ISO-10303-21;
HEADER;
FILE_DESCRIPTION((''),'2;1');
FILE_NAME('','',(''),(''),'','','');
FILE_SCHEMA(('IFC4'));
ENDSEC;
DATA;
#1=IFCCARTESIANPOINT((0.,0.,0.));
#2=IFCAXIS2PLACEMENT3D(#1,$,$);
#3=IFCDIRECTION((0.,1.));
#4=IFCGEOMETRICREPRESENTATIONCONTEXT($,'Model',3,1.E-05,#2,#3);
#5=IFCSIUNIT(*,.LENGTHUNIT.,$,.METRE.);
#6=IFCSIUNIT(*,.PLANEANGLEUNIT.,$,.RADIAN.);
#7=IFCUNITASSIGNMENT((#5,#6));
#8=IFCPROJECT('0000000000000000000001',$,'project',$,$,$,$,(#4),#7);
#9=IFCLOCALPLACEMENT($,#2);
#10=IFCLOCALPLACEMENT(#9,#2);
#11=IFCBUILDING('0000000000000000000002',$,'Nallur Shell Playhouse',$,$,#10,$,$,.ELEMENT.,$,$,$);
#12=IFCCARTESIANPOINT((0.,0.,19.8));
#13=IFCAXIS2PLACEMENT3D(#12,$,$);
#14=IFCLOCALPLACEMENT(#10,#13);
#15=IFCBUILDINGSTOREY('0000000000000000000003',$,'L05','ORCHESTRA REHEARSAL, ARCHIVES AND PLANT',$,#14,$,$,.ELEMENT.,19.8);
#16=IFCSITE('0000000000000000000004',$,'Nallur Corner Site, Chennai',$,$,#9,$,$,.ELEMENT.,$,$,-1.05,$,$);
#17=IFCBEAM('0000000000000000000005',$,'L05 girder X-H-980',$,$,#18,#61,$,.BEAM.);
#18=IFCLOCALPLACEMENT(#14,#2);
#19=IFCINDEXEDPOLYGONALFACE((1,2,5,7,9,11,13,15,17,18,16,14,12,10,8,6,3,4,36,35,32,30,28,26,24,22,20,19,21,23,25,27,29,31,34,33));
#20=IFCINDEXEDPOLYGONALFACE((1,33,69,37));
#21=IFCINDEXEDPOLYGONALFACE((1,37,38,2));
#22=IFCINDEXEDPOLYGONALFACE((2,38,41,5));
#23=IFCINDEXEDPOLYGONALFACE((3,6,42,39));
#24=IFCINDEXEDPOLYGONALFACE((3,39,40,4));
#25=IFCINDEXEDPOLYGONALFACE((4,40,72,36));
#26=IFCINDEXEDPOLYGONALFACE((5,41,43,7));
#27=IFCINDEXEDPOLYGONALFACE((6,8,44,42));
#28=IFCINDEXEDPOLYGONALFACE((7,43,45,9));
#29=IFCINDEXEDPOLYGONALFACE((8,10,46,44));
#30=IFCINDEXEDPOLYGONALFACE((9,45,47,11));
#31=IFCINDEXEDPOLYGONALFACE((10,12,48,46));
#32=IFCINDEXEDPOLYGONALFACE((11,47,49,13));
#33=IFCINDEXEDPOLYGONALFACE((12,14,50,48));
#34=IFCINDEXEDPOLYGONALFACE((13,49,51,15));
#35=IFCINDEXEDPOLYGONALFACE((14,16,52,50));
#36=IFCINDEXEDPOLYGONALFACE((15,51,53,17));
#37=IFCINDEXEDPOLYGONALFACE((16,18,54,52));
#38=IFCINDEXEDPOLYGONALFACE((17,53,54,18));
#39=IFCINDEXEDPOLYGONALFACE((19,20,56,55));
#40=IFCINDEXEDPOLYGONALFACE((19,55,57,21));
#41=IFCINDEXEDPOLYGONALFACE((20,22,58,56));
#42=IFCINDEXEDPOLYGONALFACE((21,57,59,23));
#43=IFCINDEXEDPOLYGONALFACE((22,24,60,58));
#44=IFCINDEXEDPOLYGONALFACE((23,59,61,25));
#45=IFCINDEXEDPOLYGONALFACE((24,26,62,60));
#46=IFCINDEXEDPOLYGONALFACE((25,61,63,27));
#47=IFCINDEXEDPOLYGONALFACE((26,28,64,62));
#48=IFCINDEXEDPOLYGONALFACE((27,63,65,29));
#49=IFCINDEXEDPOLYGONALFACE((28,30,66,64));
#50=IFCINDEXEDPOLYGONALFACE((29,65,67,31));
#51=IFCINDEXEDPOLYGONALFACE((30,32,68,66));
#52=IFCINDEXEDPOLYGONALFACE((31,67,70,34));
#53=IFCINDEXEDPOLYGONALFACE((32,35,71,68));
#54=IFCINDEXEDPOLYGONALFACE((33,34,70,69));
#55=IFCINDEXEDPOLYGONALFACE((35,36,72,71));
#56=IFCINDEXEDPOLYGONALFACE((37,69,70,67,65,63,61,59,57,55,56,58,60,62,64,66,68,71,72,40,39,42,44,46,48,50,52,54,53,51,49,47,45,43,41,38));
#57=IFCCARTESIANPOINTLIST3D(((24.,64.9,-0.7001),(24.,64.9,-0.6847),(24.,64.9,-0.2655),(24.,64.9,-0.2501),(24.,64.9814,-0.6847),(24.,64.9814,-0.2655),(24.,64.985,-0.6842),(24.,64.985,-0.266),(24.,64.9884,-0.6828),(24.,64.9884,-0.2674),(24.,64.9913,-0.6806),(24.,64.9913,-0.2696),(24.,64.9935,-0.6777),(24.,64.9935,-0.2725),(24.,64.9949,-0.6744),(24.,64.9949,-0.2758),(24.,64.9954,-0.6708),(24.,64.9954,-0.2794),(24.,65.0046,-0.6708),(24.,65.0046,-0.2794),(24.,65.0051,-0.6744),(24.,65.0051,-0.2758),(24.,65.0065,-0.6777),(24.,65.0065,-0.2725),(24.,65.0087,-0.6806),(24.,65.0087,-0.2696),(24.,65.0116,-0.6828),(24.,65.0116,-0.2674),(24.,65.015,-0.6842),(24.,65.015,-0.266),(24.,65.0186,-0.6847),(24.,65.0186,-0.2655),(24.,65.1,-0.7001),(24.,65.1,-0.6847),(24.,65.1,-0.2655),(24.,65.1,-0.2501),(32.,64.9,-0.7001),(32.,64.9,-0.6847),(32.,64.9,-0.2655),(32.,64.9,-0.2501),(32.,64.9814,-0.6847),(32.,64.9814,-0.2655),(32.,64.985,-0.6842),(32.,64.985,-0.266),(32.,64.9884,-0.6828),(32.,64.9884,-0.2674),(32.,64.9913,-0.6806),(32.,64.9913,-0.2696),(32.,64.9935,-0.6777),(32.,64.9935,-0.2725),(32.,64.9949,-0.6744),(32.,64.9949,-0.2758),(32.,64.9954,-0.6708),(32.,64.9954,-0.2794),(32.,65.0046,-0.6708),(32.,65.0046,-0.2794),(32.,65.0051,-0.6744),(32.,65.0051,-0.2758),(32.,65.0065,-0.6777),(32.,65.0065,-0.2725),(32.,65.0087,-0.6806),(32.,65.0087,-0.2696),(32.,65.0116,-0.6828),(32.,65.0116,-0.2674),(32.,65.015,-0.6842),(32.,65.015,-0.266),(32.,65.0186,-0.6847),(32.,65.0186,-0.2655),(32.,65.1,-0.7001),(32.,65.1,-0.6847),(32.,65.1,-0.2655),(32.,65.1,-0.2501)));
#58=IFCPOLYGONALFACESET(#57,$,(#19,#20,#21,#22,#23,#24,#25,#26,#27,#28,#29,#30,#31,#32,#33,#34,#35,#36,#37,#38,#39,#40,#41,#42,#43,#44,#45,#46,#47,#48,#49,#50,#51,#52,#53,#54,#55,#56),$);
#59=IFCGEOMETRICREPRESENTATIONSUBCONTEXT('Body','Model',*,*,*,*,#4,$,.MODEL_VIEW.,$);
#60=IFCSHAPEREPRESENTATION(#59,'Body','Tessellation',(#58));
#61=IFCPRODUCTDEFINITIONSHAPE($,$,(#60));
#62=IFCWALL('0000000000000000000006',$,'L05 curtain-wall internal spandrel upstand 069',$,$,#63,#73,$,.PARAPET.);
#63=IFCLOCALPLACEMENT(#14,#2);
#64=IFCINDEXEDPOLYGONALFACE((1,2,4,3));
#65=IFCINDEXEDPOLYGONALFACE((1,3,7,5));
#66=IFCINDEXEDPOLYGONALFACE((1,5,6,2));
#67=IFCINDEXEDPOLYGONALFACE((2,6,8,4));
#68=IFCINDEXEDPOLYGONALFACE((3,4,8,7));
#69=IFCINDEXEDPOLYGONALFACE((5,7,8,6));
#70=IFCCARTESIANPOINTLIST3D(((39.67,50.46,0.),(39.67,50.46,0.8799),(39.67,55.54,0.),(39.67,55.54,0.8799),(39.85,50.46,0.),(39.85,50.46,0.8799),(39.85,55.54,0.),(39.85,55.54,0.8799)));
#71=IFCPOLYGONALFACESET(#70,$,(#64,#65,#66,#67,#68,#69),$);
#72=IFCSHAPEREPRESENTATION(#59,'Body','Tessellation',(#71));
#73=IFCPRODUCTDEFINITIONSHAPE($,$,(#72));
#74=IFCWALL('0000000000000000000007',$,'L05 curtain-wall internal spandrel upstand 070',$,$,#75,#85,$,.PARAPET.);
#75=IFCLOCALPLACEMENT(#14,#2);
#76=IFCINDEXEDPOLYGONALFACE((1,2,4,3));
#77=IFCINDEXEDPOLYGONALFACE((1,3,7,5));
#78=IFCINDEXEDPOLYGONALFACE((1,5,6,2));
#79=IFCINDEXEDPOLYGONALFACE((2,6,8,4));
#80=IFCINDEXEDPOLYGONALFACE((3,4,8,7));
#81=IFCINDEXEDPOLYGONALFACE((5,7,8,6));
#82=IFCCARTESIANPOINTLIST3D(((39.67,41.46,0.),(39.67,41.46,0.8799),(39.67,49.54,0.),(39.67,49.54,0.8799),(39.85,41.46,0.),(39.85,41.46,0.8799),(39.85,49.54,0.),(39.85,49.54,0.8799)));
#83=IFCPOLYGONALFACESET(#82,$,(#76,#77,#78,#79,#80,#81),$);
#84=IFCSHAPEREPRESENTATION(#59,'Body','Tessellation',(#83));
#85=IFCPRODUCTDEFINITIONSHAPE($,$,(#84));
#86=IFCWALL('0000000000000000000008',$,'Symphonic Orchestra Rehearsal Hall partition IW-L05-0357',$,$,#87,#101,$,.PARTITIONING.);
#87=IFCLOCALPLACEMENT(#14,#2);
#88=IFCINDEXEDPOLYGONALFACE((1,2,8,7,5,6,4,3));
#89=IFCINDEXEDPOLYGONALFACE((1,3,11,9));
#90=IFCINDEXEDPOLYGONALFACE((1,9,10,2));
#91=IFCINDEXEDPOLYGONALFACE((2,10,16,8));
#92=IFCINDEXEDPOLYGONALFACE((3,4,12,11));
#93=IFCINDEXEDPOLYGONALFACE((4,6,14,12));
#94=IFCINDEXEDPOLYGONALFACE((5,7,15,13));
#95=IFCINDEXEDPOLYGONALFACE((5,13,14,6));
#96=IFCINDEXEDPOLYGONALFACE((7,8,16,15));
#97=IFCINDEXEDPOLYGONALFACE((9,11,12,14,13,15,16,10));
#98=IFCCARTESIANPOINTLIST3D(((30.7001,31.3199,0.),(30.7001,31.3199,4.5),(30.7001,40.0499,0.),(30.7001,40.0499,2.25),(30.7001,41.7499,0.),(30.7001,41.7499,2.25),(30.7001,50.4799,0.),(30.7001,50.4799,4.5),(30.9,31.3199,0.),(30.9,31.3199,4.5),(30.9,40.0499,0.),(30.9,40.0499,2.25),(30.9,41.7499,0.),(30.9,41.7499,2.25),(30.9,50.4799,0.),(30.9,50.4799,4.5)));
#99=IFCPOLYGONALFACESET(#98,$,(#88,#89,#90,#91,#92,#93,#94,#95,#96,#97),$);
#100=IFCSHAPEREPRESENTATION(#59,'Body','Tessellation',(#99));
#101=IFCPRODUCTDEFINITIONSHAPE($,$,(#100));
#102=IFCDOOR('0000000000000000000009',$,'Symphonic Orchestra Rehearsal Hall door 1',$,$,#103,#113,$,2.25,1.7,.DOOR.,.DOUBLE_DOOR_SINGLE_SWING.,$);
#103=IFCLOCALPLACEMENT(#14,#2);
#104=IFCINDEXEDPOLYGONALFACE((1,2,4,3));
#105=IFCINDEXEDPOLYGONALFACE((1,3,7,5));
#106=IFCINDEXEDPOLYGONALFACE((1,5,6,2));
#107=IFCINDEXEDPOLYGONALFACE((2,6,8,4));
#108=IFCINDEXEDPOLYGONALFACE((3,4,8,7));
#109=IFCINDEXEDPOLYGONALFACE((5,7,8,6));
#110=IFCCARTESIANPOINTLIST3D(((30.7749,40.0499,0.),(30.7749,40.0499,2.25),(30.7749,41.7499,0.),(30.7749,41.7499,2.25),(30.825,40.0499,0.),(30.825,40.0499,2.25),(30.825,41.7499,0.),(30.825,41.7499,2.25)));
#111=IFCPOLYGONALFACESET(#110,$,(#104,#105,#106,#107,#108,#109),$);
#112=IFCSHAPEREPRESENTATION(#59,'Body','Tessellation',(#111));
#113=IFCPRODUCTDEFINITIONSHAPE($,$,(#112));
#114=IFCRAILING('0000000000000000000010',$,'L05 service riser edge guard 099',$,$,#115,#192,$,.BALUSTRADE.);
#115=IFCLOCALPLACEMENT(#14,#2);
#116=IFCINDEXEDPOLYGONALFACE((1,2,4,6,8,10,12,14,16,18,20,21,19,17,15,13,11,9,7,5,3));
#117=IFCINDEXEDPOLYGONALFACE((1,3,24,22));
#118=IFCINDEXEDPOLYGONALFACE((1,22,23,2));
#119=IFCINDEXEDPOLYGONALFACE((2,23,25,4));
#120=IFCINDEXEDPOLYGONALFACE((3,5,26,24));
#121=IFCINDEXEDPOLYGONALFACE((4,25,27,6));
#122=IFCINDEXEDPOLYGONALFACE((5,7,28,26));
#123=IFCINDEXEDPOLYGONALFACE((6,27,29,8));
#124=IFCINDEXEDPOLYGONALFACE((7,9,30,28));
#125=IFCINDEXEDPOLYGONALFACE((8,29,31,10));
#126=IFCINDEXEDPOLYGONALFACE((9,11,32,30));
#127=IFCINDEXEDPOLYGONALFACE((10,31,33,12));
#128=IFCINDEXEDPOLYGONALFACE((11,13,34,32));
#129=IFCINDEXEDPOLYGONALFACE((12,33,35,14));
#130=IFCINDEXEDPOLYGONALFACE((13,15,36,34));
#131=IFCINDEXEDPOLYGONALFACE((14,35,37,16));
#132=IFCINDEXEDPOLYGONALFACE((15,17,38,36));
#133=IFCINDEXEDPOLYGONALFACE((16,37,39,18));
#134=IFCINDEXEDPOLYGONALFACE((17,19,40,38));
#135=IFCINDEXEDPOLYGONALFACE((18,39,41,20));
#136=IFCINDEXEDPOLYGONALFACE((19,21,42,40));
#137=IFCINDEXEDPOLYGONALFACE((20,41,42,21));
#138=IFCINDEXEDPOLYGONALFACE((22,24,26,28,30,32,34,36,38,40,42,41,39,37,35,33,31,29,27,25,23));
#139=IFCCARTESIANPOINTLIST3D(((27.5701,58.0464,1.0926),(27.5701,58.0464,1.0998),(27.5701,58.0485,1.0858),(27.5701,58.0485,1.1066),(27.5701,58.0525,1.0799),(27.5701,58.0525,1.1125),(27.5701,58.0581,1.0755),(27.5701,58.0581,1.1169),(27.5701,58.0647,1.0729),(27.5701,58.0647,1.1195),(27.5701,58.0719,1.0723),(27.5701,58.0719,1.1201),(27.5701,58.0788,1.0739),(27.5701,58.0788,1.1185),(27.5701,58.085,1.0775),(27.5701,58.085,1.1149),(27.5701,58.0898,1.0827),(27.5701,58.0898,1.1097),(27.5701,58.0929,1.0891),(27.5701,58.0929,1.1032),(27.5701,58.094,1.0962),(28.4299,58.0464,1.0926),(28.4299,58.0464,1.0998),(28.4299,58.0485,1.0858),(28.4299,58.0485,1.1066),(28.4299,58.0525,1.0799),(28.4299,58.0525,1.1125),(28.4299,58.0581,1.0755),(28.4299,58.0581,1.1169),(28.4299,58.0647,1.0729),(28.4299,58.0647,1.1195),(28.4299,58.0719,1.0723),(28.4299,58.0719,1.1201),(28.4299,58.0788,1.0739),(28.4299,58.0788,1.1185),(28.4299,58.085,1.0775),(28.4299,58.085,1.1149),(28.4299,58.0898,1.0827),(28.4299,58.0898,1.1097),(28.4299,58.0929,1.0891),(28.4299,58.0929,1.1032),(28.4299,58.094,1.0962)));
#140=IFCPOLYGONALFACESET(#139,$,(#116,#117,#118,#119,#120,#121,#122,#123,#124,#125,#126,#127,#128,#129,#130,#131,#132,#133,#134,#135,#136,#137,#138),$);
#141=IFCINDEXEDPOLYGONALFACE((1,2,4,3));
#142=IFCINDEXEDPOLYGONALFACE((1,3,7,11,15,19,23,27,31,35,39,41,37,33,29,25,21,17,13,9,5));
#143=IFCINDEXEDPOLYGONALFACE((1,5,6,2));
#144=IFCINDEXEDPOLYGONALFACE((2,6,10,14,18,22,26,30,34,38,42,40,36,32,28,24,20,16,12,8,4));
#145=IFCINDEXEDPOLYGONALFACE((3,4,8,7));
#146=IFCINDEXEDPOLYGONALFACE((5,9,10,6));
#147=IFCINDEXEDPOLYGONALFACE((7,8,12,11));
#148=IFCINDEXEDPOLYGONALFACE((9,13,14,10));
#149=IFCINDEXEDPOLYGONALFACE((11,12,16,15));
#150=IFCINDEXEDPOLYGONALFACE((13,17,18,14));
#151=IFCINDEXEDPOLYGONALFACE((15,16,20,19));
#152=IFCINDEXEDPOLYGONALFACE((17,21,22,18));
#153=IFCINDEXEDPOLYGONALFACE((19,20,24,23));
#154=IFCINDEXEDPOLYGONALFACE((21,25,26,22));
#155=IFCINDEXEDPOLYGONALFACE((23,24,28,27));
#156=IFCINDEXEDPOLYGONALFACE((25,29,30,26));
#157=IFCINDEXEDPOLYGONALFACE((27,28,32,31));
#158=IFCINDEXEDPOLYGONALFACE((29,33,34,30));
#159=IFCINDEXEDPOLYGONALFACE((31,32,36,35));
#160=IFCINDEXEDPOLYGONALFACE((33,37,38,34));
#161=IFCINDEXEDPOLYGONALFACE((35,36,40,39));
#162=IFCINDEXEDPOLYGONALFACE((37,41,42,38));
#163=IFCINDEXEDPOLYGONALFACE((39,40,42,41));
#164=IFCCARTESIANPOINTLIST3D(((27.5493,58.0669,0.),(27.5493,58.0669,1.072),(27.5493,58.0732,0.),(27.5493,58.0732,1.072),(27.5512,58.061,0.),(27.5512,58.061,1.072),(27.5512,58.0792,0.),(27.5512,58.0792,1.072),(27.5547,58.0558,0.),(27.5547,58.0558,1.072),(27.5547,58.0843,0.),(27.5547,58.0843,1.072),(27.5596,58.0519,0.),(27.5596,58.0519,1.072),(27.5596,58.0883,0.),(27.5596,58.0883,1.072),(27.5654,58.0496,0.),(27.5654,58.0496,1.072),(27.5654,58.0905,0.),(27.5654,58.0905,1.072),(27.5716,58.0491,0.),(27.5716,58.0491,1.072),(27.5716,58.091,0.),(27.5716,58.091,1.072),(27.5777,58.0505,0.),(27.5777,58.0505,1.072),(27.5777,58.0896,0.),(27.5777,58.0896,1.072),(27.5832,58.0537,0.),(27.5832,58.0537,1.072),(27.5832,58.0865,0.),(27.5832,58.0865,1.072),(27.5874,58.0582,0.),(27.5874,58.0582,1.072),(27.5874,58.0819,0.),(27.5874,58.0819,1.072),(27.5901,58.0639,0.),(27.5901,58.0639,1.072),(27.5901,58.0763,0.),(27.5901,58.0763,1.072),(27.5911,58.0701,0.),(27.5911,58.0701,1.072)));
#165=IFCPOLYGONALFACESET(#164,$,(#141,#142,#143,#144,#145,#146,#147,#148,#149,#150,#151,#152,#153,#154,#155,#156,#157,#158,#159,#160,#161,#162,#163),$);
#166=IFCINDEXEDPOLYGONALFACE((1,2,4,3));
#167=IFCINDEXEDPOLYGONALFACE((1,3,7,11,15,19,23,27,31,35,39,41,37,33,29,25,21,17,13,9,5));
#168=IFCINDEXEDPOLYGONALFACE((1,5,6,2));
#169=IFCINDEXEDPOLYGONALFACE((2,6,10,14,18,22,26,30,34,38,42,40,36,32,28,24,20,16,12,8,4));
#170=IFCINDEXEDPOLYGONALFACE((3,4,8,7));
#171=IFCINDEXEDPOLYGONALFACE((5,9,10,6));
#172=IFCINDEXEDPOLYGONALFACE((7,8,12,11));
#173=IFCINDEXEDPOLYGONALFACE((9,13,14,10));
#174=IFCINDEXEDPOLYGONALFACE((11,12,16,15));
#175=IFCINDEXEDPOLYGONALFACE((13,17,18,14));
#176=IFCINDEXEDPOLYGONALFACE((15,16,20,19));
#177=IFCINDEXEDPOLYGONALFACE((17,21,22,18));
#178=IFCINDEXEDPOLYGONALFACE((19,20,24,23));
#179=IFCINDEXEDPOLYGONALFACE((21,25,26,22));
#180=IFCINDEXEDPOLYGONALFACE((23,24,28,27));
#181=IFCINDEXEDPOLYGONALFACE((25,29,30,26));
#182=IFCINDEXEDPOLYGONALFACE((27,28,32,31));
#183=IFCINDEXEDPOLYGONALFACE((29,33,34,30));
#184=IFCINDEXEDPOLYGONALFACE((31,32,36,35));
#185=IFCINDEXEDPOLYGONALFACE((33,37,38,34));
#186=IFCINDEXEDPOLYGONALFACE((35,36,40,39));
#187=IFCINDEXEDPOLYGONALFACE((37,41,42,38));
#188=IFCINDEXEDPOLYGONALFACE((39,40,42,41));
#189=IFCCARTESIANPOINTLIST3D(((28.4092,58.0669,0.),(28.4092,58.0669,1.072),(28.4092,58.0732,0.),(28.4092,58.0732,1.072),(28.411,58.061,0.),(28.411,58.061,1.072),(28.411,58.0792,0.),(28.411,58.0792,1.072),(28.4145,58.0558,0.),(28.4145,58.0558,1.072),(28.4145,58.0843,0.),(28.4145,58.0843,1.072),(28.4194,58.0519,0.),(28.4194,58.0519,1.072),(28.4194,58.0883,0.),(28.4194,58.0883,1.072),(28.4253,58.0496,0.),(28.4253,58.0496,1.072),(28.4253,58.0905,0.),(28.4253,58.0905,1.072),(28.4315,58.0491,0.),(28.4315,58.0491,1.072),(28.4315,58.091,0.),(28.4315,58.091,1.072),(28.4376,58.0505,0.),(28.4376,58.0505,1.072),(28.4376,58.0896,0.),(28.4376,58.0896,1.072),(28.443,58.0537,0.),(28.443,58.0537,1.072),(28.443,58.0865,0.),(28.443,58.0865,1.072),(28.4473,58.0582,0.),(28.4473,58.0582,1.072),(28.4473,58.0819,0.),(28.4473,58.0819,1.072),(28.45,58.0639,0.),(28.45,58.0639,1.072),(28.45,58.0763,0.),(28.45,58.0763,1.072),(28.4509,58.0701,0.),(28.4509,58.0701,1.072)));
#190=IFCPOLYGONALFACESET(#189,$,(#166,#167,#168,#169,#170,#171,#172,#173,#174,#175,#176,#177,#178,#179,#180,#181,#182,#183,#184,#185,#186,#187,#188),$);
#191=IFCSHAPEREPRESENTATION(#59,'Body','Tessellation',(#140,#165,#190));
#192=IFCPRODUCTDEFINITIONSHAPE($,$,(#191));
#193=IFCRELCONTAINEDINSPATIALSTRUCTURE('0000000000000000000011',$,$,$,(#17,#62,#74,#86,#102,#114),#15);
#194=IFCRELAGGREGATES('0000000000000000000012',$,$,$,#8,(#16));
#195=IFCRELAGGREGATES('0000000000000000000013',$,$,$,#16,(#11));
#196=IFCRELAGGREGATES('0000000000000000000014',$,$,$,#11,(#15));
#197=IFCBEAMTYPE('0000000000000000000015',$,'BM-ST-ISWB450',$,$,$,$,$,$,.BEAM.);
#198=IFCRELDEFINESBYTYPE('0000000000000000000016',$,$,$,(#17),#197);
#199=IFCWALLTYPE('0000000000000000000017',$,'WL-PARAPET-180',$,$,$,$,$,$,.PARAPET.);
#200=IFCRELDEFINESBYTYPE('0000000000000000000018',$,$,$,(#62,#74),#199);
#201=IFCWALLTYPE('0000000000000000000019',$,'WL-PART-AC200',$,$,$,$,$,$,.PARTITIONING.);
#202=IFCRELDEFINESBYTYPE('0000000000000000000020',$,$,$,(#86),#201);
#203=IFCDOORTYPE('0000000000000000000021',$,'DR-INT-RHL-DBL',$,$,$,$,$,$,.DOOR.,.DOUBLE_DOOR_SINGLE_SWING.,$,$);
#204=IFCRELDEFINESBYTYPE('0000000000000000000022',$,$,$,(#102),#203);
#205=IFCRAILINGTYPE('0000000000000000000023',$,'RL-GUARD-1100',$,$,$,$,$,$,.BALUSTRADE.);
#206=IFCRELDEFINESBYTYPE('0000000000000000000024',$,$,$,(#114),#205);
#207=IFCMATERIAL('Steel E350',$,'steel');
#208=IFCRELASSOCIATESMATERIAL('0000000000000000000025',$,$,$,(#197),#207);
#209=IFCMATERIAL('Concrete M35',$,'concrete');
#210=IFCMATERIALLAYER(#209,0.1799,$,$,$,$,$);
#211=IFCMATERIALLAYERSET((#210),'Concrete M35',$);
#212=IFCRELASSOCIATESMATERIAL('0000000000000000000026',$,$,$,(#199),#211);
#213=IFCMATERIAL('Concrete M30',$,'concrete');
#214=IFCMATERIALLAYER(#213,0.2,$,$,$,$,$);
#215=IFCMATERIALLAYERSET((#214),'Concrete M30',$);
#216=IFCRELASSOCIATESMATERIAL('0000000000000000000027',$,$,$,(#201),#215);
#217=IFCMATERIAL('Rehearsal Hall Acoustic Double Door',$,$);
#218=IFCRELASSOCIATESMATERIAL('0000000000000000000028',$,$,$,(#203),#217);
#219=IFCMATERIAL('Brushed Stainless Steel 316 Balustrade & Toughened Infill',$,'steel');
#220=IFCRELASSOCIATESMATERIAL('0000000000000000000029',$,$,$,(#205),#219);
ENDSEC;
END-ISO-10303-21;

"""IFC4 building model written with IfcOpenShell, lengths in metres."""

from ifc_helpers import new_model, si_unit, direction, frame, frame_2d, origin, origin_2d, place, context, subcontext, project, spatial, rectangle, circle, i_section, extrude, material, layer, layer_set, material_profile, profile_set, type_object, element, fill, save


model = new_model("IFC4")

# Units and contexts
model_context = context("Model", 3, precision=1e-05, world=origin(), true_north=direction((0.0, 1.0)))
body_context = subcontext(model_context, "Body", "Model", "MODEL_VIEW")
ifc_project = project(units=[si_unit("LENGTHUNIT", "METRE"), si_unit("PLANEANGLEUNIT", "RADIAN")], contexts=[model_context])

# Site, building, storey
site_placement = place(None, origin())
site = spatial("IfcSite", under=ifc_project, at=site_placement, Name="Nallur Corner Site, Chennai", CompositionType="ELEMENT", RefElevation=-1.05)
building_placement = place(site_placement, origin())
building = spatial("IfcBuilding", under=site, at=building_placement, Name="Nallur Shell Playhouse", CompositionType="ELEMENT")
storey_placement = place(building_placement, frame((0.0, 0.0, 19.8)))
storey = spatial("IfcBuildingStorey", under=building, at=storey_placement, Name="L05", Description="ORCHESTRA REHEARSAL, ARCHIVES AND PLANT", CompositionType="ELEMENT", Elevation=19.8)

# Beam
ifc_material_1 = material(Name="Concrete M30", Category="concrete")
ifc_material_2 = material(Name="Steel E350", Category="steel")
ifc_material_profile_1 = material_profile(ifc_material_2, i_section(OverallWidth=0.2, OverallDepth=0.45, WebThickness=0.0093, FlangeThickness=0.0154, FilletRadius=0.0139, at=origin_2d()), Name="ISWB 450")
ifc_profile_set_1 = profile_set([ifc_material_profile_1], Name="Steel E350")
beam_type_1 = type_object("IfcBeamType", Name="BM-ST-ISWB450", PredefinedType="BEAM", material=ifc_profile_set_1)
beam_1_placement = place(storey_placement, frame((24.0, 65.0, -0.4751), z_axis=(1.0, 0.0, 0.0), x_axis=(0.0, 1.0, 0.0)))
element("IfcBeam", 1, at=beam_1_placement, inside=storey, type_object=beam_type_1, Name="L05 girder X-H-980", PredefinedType="BEAM", context=body_context, shape_type="SweptSolid", body=[
    extrude(i_section(OverallWidth=0.2, OverallDepth=0.45, WebThickness=0.0093, FlangeThickness=0.0154, FilletRadius=0.0139, at=origin_2d()), origin(), (0.0, 0.0, 1.0), 8.0),
])

# Walls
ifc_material_3 = material(Name="Concrete M35", Category="concrete")
ifc_layer_1 = layer(ifc_material_3, 0.1799)
ifc_layer_set_1 = layer_set([ifc_layer_1], Name="Concrete M35")
wall_type_1 = type_object("IfcWallType", Name="WL-PARAPET-180", PredefinedType="PARAPET", material=ifc_layer_set_1)
wall_1_placement = place(storey_placement, frame((39.76, 55.54, 0.0), z_axis=(0.0, 0.0, 1.0), x_axis=(0.0, -1.0, 0.0)))
element("IfcWall", 2, at=wall_1_placement, inside=storey, type_object=wall_type_1, Name="L05 curtain-wall internal spandrel upstand 069", PredefinedType="PARAPET", context=body_context, shape_type="SweptSolid", body=[
    extrude(rectangle(XDim=5.0801, YDim=0.1799, at=frame_2d((2.54, 0.0))), origin(), (0.0, 0.0, 1.0), 0.8799),
])
wall_2_placement = place(storey_placement, frame((39.76, 49.54, 0.0), z_axis=(0.0, 0.0, 1.0), x_axis=(0.0, -1.0, 0.0)))
element("IfcWall", 3, at=wall_2_placement, inside=storey, type_object=wall_type_1, Name="L05 curtain-wall internal spandrel upstand 070", PredefinedType="PARAPET", context=body_context, shape_type="SweptSolid", body=[
    extrude(rectangle(XDim=8.0801, YDim=0.1799, at=frame_2d((4.04, 0.0))), origin(), (0.0, 0.0, 1.0), 0.8799),
])

# Wall, opening, door
ifc_layer_2 = layer(ifc_material_1, 0.2)
ifc_layer_set_2 = layer_set([ifc_layer_2], Name="Concrete M30")
wall_type_2 = type_object("IfcWallType", Name="WL-PART-AC200", PredefinedType="PARTITIONING", material=ifc_layer_set_2)
wall_3_placement = place(storey_placement, frame((30.8, 50.48, 0.0), z_axis=(0.0, 0.0, 1.0), x_axis=(0.0, -1.0, 0.0)))
wall_3 = element("IfcWall", 4, at=wall_3_placement, inside=storey, type_object=wall_type_2, Name="Symphonic Orchestra Rehearsal Hall partition IW-L05-0357", PredefinedType="PARTITIONING", context=body_context, shape_type="SweptSolid", body=[
    extrude(rectangle(XDim=19.1599, YDim=0.2, at=frame_2d((9.5801, 0.0))), origin(), (0.0, 0.0, 1.0), 4.5),
])
opening_placement = place(wall_3_placement, frame((8.73, 0.0, 0.0)))
opening = element("IfcOpeningElement", 5, at=opening_placement, cuts=wall_3, PredefinedType="OPENING", context=body_context, shape_type="SweptSolid", body=[
    extrude(rectangle(XDim=1.7, YDim=2.25, at=frame_2d((0.8501, 1.125))), frame((0.0, 0.1099, 0.0), z_axis=(0.0, -1.0, 0.0), x_axis=(1.0, 0.0, 0.0)), (0.0, 0.0, 1.0), 0.22),
])
ifc_material_4 = material(Name="Rehearsal Hall Acoustic Double Door")
door_type = type_object("IfcDoorType", Name="DR-INT-RHL-DBL", OperationType="DOUBLE_DOOR_SINGLE_SWING", PredefinedType="DOOR", material=ifc_material_4)
door_placement = place(opening_placement, origin())
door = element("IfcDoor", 6, at=door_placement, inside=storey, type_object=door_type, Name="Symphonic Orchestra Rehearsal Hall door 1", OperationType="DOUBLE_DOOR_SINGLE_SWING", OverallHeight=2.25, OverallWidth=1.7, PredefinedType="DOOR", context=body_context, shape_type="SweptSolid", body=[
    extrude(rectangle(XDim=1.7, YDim=2.25, at=frame_2d((0.8501, 1.125))), frame((0.0, 0.0249, 0.0), z_axis=(0.0, -1.0, 0.0), x_axis=(1.0, 0.0, 0.0)), (0.0, 0.0, 1.0), 0.05),
])
fill(opening, door)

# Railing
ifc_material_5 = material(Name="Brushed Stainless Steel 316 Balustrade & Toughened Infill", Category="steel")
railing_type = type_object("IfcRailingType", Name="RL-GUARD-1100", PredefinedType="BALUSTRADE", material=ifc_material_5)
railing_1_placement = place(storey_placement, frame((27.5701, 58.0701, 0.0)))
element("IfcRailing", 7, at=railing_1_placement, inside=storey, type_object=railing_type, Name="L05 service riser edge guard 099", PredefinedType="BALUSTRADE", context=body_context, shape_type="SweptSolid", body=[
    extrude(circle(Radius=0.0239, at=origin_2d()), frame((0.0, 0.0, 1.0962), z_axis=(1.0, 0.0, 0.0), x_axis=(0.0, 1.0, 0.0)), (0.0, 0.0, 1.0), 0.8599),
    extrude(circle(Radius=0.021, at=origin_2d()), origin(), (0.0, 0.0, 1.0), 1.072),
    extrude(circle(Radius=0.021, at=origin_2d()), frame((0.8599, 0.0, 0.0)), (0.0, 0.0, 1.0), 1.072),
])

save(model, "model.ifc")
